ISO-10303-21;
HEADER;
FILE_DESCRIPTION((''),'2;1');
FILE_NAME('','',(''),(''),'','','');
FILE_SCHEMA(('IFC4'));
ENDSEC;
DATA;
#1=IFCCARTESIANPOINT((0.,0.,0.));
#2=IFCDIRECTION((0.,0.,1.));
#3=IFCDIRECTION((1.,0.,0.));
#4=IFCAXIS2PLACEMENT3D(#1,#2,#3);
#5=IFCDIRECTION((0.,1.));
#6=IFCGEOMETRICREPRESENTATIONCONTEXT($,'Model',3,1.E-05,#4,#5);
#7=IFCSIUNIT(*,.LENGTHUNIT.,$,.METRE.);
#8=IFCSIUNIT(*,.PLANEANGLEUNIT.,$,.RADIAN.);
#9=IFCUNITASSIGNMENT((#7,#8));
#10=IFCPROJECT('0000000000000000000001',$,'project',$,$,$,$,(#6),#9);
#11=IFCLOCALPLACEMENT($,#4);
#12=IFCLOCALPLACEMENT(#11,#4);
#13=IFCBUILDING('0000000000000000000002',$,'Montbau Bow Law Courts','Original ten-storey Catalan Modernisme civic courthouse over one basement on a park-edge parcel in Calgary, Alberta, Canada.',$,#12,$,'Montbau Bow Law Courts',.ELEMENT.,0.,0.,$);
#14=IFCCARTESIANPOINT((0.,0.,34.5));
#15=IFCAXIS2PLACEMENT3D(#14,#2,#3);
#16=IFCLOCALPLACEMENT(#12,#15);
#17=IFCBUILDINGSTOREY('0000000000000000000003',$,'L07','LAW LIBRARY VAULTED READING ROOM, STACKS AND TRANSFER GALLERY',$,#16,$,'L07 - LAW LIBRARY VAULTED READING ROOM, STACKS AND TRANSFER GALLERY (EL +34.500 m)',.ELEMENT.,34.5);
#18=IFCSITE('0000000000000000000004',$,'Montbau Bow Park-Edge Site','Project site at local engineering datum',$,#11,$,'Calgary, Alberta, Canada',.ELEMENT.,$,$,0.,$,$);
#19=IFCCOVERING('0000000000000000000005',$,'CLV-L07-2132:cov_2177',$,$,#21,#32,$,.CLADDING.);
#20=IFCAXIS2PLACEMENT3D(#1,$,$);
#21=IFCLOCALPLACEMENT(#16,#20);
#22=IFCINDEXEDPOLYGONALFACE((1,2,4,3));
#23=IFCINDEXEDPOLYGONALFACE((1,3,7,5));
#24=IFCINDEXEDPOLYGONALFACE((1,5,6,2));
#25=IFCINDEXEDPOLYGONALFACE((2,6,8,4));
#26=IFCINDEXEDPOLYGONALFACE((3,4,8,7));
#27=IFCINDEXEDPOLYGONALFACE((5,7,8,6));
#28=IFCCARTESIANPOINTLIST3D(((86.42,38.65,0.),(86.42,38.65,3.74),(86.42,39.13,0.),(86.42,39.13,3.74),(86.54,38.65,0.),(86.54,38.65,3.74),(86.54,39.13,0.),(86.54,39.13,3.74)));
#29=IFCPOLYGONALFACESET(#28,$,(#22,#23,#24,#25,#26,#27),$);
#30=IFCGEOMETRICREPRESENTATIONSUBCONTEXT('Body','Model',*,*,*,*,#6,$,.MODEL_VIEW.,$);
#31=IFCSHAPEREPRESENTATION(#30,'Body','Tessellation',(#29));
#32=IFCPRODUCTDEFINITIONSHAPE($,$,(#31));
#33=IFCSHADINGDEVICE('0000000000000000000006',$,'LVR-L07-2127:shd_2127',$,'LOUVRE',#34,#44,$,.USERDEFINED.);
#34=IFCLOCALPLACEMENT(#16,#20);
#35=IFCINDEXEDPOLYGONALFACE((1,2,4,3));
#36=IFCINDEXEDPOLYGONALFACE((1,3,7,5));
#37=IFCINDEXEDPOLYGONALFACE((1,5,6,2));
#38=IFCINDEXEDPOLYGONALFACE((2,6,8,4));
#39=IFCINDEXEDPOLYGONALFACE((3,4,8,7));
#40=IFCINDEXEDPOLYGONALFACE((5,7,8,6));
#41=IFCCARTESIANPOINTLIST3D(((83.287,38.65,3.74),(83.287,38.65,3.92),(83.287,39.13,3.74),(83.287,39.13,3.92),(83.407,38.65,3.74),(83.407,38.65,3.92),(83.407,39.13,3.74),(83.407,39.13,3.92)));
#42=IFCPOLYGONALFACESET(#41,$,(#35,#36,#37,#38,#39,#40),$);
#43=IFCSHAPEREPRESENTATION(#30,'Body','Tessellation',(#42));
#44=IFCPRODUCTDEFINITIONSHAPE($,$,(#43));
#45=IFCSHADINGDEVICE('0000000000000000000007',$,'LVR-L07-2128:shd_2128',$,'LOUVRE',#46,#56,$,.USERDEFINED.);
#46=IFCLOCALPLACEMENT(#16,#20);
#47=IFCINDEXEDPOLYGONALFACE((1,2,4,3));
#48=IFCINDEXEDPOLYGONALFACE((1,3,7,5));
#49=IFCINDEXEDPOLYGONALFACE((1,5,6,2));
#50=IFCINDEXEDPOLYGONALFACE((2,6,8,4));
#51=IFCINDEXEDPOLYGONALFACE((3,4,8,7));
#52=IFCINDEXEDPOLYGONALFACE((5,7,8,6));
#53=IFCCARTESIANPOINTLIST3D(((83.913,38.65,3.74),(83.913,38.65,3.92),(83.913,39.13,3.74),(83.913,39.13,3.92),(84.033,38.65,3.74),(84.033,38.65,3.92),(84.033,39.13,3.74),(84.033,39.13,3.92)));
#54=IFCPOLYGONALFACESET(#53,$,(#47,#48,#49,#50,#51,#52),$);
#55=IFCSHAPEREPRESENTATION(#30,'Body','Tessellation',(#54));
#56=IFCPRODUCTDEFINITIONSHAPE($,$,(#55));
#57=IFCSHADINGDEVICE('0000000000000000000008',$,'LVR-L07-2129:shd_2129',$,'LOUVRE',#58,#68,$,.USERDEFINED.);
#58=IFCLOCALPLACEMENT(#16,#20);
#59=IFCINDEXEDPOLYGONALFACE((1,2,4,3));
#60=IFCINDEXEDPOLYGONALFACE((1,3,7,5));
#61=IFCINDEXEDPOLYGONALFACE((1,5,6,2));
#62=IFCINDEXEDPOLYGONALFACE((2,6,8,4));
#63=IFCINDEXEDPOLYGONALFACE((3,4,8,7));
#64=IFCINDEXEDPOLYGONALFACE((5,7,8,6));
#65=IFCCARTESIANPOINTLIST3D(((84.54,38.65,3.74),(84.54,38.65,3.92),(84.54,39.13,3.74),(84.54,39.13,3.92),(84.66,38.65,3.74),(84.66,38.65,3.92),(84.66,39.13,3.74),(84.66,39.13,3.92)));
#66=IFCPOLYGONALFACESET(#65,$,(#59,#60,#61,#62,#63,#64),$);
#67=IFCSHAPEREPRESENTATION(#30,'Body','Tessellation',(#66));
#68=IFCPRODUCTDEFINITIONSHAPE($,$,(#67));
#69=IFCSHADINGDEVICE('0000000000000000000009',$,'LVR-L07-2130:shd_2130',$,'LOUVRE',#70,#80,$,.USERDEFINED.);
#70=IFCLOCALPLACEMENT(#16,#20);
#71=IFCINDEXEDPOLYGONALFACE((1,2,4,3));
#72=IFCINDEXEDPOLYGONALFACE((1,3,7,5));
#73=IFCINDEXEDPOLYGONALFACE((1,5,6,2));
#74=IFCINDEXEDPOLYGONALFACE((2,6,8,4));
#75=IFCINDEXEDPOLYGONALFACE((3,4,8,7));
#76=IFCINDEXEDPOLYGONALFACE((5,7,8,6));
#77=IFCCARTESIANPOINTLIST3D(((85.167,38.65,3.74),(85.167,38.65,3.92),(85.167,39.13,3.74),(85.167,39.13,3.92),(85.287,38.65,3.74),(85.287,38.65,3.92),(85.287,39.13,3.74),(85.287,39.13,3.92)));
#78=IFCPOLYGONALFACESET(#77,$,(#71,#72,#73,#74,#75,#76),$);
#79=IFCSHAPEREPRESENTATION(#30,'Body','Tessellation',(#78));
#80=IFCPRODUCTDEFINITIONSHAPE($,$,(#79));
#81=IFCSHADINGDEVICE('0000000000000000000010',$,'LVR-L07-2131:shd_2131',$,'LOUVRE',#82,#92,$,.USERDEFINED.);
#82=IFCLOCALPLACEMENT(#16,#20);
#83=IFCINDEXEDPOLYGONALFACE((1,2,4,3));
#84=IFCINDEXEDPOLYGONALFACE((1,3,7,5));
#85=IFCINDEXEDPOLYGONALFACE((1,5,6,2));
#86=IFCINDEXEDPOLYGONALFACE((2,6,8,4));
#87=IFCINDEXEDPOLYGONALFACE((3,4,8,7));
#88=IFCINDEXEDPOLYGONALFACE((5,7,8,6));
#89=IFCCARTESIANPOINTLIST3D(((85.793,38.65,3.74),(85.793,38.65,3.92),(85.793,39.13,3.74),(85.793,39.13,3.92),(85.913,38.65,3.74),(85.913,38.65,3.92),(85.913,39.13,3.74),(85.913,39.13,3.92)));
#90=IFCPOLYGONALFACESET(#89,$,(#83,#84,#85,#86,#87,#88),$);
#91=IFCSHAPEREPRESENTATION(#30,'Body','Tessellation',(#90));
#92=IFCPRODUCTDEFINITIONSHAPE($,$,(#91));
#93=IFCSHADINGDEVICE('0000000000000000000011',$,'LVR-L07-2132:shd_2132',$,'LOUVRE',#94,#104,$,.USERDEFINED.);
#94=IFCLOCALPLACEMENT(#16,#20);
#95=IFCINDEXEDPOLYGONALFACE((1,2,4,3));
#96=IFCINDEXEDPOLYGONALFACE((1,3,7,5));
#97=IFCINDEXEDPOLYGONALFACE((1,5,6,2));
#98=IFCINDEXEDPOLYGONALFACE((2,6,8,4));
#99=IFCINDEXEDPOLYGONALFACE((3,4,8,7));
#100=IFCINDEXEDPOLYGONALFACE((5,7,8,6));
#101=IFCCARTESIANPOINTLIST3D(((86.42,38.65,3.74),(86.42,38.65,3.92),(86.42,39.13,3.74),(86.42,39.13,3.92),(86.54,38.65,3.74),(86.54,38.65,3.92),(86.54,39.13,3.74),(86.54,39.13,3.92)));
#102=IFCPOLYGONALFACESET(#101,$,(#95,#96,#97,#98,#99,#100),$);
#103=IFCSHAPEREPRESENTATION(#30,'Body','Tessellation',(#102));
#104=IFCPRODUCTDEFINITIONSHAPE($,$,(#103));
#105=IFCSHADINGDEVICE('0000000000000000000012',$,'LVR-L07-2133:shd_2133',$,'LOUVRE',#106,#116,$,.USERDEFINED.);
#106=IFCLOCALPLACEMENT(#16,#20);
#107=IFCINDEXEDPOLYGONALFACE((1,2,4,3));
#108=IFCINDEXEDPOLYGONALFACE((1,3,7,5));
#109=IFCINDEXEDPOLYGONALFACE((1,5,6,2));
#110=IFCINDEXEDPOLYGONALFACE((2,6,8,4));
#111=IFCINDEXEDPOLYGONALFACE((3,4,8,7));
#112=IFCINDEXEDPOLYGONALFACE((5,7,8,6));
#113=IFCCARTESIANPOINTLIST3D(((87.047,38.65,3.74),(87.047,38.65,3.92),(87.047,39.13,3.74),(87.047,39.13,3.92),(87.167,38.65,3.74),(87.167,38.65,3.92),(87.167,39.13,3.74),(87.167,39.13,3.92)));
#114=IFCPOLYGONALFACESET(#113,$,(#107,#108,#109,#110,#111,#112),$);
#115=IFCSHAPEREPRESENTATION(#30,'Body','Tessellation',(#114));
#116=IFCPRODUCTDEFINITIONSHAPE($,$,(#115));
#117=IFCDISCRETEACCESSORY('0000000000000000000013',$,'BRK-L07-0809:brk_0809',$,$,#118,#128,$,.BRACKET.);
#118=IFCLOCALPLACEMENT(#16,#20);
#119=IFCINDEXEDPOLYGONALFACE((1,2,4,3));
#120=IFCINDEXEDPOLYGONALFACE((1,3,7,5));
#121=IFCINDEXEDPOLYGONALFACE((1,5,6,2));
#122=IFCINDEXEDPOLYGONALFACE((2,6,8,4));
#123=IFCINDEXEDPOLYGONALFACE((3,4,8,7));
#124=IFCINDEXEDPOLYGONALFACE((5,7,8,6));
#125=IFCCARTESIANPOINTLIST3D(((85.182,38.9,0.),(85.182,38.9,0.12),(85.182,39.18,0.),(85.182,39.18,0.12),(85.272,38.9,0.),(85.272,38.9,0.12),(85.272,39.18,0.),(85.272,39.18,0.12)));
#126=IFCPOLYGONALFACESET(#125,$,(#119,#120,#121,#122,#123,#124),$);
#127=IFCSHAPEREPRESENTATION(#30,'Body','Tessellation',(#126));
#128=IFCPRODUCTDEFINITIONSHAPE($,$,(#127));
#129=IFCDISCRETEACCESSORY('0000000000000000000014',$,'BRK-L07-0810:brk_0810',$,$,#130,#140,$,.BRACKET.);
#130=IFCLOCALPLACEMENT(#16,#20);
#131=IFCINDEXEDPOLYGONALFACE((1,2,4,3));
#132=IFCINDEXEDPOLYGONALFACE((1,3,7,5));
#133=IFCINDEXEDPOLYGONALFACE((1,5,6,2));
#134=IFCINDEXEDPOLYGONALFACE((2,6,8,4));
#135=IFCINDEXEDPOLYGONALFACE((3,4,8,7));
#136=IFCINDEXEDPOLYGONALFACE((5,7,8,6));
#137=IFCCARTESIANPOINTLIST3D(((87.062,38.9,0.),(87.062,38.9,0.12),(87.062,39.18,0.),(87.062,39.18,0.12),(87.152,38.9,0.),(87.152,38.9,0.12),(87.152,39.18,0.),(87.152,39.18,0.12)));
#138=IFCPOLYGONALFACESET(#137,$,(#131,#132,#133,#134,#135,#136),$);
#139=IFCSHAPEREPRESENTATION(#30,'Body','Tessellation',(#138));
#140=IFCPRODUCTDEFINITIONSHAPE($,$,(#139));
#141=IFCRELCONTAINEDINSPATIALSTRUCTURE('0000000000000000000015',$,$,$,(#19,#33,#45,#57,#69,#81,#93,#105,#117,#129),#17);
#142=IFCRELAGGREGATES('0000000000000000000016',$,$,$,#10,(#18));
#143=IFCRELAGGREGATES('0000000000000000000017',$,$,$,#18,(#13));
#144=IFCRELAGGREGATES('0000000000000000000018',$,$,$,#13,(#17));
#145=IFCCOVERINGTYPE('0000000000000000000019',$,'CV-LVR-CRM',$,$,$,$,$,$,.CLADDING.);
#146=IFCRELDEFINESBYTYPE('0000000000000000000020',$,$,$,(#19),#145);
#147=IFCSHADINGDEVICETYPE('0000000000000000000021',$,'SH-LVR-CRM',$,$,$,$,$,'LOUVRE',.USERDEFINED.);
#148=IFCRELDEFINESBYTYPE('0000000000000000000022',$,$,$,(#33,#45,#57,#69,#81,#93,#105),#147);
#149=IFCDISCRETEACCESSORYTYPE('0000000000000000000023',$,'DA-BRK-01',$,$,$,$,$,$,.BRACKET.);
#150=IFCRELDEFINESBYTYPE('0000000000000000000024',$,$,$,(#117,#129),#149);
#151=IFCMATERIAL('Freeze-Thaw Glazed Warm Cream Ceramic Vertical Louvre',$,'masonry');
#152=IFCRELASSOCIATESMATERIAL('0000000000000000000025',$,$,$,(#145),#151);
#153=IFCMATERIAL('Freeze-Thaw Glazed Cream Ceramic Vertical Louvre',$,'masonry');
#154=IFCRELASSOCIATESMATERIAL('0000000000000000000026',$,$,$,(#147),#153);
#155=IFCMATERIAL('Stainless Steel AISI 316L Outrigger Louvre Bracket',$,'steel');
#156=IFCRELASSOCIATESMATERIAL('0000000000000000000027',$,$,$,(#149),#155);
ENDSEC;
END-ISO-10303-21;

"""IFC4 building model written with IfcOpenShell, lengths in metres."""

from ifc_helpers import new_model, si_unit, direction, frame, frame_2d, origin_with_axes, origin_2d_with_axis, place, context, subcontext, project, spatial, rectangle, extrude, material, type_object, element, save


model = new_model("IFC4")

# Units and contexts
model_context = context("Model", 3, precision=1e-05, world=origin_with_axes(), true_north=direction((0.0, 1.0)))
body_context = subcontext(model_context, "Body", "Model", "MODEL_VIEW")
ifc_project = project(units=[si_unit("LENGTHUNIT", "METRE"), si_unit("PLANEANGLEUNIT", "RADIAN")], contexts=[model_context])

# Site, building, storey
site_placement = place(None, origin_with_axes())
site = spatial("IfcSite", under=ifc_project, at=site_placement, Name="Montbau Bow Park-Edge Site", Description="Project site at local engineering datum", LongName="Calgary, Alberta, Canada", CompositionType="ELEMENT", RefElevation=0.0)
building_placement = place(site_placement, origin_with_axes())
building = spatial("IfcBuilding", under=site, at=building_placement, Name="Montbau Bow Law Courts", Description="Original ten-storey Catalan Modernisme civic courthouse over one basement on a park-edge parcel in Calgary, Alberta, Canada.", LongName="Montbau Bow Law Courts", CompositionType="ELEMENT", ElevationOfRefHeight=0.0, ElevationOfTerrain=0.0)
storey_placement = place(building_placement, frame((0.0, 0.0, 34.5), z_axis=(0.0, 0.0, 1.0), x_axis=(1.0, 0.0, 0.0)))
storey = spatial("IfcBuildingStorey", under=building, at=storey_placement, Name="L07", Description="LAW LIBRARY VAULTED READING ROOM, STACKS AND TRANSFER GALLERY", LongName="L07 - LAW LIBRARY VAULTED READING ROOM, STACKS AND TRANSFER GALLERY (EL +34.500 m)", CompositionType="ELEMENT", Elevation=34.5)

# Covering
ifc_material_1 = material(Name="Freeze-Thaw Glazed Warm Cream Ceramic Vertical Louvre", Category="masonry")
covering_type = type_object("IfcCoveringType", Name="CV-LVR-CRM", PredefinedType="CLADDING", material=ifc_material_1)
for number, where, z_axis, x_axis, name in (
    (1, (86.48, 39.13, 34.5), (-1.0, 0.0, 0.0), (0.0, -1.0, 0.0), "CLV-L07-2132:cov_2177"),
):
    element("IfcCovering", number, at=place(None, frame(where, z_axis=z_axis, x_axis=x_axis)), inside=storey, type_object=covering_type, Name=name, PredefinedType="CLADDING", context=body_context, shape_type="SweptSolid", body=[
        extrude(rectangle(XDim=0.48, YDim=3.74, at=frame_2d((0.24, 1.87), x_axis=(1.0, 0.0))), frame((0.0, 0.0, -0.06), z_axis=(0.0, 0.0, 1.0), x_axis=(1.0, 0.0, 0.0)), (0.0, 0.0, 1.0), 0.12),
    ])

# Shading devices
ifc_material_2 = material(Name="Freeze-Thaw Glazed Cream Ceramic Vertical Louvre", Category="masonry")
shading_device_type = type_object("IfcShadingDeviceType", Name="SH-LVR-CRM", ElementType="LOUVRE", PredefinedType="USERDEFINED", material=ifc_material_2)
for number, where, z_axis, x_axis, name in (
    (2, (83.347, 38.89, 38.24), (0.0, 0.0, 1.0), (0.0, -1.0, 0.0), "LVR-L07-2127:shd_2127"),
    (3, (83.973, 38.89, 38.24), (0.0, 0.0, 1.0), (0.0, -1.0, 0.0), "LVR-L07-2128:shd_2128"),
    (4, (84.6, 38.89, 38.24), (0.0, 0.0, 1.0), (0.0, -1.0, 0.0), "LVR-L07-2129:shd_2129"),
    (5, (85.227, 38.89, 38.24), (0.0, 0.0, 1.0), (0.0, -1.0, 0.0), "LVR-L07-2130:shd_2130"),
    (6, (85.853, 38.89, 38.24), (0.0, 0.0, 1.0), (0.0, -1.0, 0.0), "LVR-L07-2131:shd_2131"),
    (7, (86.48, 38.89, 38.24), (0.0, 0.0, 1.0), (0.0, -1.0, 0.0), "LVR-L07-2132:shd_2132"),
    (8, (87.107, 38.89, 38.24), (0.0, 0.0, 1.0), (0.0, -1.0, 0.0), "LVR-L07-2133:shd_2133"),
):
    element("IfcShadingDevice", number, at=place(None, frame(where, z_axis=z_axis, x_axis=x_axis)), inside=storey, type_object=shading_device_type, Name=name, ObjectType="LOUVRE", PredefinedType="USERDEFINED", context=body_context, shape_type="SweptSolid", body=[
        extrude(rectangle(XDim=0.48, YDim=0.12, at=origin_2d_with_axis()), origin_with_axes(), (0.0, 0.0, 1.0), 0.18),
    ])

# Discrete accessories
ifc_material_3 = material(Name="Stainless Steel AISI 316L Outrigger Louvre Bracket", Category="steel")
discrete_accessory_type = type_object("IfcDiscreteAccessoryType", Name="DA-BRK-01", PredefinedType="BRACKET", material=ifc_material_3)
for number, where, z_axis, x_axis, name in (
    (9, (85.227, 39.04, 34.5), (0.0, 0.0, 1.0), (0.0, -1.0, 0.0), "BRK-L07-0809:brk_0809"),
    (10, (87.107, 39.04, 34.5), (0.0, 0.0, 1.0), (0.0, -1.0, 0.0), "BRK-L07-0810:brk_0810"),
):
    element("IfcDiscreteAccessory", number, at=place(None, frame(where, z_axis=z_axis, x_axis=x_axis)), inside=storey, type_object=discrete_accessory_type, Name=name, PredefinedType="BRACKET", context=body_context, shape_type="SweptSolid", body=[
        extrude(rectangle(XDim=0.28, YDim=0.09, at=origin_2d_with_axis()), origin_with_axes(), (0.0, 0.0, 1.0), 0.12),
    ])

save(model, "model.ifc")
